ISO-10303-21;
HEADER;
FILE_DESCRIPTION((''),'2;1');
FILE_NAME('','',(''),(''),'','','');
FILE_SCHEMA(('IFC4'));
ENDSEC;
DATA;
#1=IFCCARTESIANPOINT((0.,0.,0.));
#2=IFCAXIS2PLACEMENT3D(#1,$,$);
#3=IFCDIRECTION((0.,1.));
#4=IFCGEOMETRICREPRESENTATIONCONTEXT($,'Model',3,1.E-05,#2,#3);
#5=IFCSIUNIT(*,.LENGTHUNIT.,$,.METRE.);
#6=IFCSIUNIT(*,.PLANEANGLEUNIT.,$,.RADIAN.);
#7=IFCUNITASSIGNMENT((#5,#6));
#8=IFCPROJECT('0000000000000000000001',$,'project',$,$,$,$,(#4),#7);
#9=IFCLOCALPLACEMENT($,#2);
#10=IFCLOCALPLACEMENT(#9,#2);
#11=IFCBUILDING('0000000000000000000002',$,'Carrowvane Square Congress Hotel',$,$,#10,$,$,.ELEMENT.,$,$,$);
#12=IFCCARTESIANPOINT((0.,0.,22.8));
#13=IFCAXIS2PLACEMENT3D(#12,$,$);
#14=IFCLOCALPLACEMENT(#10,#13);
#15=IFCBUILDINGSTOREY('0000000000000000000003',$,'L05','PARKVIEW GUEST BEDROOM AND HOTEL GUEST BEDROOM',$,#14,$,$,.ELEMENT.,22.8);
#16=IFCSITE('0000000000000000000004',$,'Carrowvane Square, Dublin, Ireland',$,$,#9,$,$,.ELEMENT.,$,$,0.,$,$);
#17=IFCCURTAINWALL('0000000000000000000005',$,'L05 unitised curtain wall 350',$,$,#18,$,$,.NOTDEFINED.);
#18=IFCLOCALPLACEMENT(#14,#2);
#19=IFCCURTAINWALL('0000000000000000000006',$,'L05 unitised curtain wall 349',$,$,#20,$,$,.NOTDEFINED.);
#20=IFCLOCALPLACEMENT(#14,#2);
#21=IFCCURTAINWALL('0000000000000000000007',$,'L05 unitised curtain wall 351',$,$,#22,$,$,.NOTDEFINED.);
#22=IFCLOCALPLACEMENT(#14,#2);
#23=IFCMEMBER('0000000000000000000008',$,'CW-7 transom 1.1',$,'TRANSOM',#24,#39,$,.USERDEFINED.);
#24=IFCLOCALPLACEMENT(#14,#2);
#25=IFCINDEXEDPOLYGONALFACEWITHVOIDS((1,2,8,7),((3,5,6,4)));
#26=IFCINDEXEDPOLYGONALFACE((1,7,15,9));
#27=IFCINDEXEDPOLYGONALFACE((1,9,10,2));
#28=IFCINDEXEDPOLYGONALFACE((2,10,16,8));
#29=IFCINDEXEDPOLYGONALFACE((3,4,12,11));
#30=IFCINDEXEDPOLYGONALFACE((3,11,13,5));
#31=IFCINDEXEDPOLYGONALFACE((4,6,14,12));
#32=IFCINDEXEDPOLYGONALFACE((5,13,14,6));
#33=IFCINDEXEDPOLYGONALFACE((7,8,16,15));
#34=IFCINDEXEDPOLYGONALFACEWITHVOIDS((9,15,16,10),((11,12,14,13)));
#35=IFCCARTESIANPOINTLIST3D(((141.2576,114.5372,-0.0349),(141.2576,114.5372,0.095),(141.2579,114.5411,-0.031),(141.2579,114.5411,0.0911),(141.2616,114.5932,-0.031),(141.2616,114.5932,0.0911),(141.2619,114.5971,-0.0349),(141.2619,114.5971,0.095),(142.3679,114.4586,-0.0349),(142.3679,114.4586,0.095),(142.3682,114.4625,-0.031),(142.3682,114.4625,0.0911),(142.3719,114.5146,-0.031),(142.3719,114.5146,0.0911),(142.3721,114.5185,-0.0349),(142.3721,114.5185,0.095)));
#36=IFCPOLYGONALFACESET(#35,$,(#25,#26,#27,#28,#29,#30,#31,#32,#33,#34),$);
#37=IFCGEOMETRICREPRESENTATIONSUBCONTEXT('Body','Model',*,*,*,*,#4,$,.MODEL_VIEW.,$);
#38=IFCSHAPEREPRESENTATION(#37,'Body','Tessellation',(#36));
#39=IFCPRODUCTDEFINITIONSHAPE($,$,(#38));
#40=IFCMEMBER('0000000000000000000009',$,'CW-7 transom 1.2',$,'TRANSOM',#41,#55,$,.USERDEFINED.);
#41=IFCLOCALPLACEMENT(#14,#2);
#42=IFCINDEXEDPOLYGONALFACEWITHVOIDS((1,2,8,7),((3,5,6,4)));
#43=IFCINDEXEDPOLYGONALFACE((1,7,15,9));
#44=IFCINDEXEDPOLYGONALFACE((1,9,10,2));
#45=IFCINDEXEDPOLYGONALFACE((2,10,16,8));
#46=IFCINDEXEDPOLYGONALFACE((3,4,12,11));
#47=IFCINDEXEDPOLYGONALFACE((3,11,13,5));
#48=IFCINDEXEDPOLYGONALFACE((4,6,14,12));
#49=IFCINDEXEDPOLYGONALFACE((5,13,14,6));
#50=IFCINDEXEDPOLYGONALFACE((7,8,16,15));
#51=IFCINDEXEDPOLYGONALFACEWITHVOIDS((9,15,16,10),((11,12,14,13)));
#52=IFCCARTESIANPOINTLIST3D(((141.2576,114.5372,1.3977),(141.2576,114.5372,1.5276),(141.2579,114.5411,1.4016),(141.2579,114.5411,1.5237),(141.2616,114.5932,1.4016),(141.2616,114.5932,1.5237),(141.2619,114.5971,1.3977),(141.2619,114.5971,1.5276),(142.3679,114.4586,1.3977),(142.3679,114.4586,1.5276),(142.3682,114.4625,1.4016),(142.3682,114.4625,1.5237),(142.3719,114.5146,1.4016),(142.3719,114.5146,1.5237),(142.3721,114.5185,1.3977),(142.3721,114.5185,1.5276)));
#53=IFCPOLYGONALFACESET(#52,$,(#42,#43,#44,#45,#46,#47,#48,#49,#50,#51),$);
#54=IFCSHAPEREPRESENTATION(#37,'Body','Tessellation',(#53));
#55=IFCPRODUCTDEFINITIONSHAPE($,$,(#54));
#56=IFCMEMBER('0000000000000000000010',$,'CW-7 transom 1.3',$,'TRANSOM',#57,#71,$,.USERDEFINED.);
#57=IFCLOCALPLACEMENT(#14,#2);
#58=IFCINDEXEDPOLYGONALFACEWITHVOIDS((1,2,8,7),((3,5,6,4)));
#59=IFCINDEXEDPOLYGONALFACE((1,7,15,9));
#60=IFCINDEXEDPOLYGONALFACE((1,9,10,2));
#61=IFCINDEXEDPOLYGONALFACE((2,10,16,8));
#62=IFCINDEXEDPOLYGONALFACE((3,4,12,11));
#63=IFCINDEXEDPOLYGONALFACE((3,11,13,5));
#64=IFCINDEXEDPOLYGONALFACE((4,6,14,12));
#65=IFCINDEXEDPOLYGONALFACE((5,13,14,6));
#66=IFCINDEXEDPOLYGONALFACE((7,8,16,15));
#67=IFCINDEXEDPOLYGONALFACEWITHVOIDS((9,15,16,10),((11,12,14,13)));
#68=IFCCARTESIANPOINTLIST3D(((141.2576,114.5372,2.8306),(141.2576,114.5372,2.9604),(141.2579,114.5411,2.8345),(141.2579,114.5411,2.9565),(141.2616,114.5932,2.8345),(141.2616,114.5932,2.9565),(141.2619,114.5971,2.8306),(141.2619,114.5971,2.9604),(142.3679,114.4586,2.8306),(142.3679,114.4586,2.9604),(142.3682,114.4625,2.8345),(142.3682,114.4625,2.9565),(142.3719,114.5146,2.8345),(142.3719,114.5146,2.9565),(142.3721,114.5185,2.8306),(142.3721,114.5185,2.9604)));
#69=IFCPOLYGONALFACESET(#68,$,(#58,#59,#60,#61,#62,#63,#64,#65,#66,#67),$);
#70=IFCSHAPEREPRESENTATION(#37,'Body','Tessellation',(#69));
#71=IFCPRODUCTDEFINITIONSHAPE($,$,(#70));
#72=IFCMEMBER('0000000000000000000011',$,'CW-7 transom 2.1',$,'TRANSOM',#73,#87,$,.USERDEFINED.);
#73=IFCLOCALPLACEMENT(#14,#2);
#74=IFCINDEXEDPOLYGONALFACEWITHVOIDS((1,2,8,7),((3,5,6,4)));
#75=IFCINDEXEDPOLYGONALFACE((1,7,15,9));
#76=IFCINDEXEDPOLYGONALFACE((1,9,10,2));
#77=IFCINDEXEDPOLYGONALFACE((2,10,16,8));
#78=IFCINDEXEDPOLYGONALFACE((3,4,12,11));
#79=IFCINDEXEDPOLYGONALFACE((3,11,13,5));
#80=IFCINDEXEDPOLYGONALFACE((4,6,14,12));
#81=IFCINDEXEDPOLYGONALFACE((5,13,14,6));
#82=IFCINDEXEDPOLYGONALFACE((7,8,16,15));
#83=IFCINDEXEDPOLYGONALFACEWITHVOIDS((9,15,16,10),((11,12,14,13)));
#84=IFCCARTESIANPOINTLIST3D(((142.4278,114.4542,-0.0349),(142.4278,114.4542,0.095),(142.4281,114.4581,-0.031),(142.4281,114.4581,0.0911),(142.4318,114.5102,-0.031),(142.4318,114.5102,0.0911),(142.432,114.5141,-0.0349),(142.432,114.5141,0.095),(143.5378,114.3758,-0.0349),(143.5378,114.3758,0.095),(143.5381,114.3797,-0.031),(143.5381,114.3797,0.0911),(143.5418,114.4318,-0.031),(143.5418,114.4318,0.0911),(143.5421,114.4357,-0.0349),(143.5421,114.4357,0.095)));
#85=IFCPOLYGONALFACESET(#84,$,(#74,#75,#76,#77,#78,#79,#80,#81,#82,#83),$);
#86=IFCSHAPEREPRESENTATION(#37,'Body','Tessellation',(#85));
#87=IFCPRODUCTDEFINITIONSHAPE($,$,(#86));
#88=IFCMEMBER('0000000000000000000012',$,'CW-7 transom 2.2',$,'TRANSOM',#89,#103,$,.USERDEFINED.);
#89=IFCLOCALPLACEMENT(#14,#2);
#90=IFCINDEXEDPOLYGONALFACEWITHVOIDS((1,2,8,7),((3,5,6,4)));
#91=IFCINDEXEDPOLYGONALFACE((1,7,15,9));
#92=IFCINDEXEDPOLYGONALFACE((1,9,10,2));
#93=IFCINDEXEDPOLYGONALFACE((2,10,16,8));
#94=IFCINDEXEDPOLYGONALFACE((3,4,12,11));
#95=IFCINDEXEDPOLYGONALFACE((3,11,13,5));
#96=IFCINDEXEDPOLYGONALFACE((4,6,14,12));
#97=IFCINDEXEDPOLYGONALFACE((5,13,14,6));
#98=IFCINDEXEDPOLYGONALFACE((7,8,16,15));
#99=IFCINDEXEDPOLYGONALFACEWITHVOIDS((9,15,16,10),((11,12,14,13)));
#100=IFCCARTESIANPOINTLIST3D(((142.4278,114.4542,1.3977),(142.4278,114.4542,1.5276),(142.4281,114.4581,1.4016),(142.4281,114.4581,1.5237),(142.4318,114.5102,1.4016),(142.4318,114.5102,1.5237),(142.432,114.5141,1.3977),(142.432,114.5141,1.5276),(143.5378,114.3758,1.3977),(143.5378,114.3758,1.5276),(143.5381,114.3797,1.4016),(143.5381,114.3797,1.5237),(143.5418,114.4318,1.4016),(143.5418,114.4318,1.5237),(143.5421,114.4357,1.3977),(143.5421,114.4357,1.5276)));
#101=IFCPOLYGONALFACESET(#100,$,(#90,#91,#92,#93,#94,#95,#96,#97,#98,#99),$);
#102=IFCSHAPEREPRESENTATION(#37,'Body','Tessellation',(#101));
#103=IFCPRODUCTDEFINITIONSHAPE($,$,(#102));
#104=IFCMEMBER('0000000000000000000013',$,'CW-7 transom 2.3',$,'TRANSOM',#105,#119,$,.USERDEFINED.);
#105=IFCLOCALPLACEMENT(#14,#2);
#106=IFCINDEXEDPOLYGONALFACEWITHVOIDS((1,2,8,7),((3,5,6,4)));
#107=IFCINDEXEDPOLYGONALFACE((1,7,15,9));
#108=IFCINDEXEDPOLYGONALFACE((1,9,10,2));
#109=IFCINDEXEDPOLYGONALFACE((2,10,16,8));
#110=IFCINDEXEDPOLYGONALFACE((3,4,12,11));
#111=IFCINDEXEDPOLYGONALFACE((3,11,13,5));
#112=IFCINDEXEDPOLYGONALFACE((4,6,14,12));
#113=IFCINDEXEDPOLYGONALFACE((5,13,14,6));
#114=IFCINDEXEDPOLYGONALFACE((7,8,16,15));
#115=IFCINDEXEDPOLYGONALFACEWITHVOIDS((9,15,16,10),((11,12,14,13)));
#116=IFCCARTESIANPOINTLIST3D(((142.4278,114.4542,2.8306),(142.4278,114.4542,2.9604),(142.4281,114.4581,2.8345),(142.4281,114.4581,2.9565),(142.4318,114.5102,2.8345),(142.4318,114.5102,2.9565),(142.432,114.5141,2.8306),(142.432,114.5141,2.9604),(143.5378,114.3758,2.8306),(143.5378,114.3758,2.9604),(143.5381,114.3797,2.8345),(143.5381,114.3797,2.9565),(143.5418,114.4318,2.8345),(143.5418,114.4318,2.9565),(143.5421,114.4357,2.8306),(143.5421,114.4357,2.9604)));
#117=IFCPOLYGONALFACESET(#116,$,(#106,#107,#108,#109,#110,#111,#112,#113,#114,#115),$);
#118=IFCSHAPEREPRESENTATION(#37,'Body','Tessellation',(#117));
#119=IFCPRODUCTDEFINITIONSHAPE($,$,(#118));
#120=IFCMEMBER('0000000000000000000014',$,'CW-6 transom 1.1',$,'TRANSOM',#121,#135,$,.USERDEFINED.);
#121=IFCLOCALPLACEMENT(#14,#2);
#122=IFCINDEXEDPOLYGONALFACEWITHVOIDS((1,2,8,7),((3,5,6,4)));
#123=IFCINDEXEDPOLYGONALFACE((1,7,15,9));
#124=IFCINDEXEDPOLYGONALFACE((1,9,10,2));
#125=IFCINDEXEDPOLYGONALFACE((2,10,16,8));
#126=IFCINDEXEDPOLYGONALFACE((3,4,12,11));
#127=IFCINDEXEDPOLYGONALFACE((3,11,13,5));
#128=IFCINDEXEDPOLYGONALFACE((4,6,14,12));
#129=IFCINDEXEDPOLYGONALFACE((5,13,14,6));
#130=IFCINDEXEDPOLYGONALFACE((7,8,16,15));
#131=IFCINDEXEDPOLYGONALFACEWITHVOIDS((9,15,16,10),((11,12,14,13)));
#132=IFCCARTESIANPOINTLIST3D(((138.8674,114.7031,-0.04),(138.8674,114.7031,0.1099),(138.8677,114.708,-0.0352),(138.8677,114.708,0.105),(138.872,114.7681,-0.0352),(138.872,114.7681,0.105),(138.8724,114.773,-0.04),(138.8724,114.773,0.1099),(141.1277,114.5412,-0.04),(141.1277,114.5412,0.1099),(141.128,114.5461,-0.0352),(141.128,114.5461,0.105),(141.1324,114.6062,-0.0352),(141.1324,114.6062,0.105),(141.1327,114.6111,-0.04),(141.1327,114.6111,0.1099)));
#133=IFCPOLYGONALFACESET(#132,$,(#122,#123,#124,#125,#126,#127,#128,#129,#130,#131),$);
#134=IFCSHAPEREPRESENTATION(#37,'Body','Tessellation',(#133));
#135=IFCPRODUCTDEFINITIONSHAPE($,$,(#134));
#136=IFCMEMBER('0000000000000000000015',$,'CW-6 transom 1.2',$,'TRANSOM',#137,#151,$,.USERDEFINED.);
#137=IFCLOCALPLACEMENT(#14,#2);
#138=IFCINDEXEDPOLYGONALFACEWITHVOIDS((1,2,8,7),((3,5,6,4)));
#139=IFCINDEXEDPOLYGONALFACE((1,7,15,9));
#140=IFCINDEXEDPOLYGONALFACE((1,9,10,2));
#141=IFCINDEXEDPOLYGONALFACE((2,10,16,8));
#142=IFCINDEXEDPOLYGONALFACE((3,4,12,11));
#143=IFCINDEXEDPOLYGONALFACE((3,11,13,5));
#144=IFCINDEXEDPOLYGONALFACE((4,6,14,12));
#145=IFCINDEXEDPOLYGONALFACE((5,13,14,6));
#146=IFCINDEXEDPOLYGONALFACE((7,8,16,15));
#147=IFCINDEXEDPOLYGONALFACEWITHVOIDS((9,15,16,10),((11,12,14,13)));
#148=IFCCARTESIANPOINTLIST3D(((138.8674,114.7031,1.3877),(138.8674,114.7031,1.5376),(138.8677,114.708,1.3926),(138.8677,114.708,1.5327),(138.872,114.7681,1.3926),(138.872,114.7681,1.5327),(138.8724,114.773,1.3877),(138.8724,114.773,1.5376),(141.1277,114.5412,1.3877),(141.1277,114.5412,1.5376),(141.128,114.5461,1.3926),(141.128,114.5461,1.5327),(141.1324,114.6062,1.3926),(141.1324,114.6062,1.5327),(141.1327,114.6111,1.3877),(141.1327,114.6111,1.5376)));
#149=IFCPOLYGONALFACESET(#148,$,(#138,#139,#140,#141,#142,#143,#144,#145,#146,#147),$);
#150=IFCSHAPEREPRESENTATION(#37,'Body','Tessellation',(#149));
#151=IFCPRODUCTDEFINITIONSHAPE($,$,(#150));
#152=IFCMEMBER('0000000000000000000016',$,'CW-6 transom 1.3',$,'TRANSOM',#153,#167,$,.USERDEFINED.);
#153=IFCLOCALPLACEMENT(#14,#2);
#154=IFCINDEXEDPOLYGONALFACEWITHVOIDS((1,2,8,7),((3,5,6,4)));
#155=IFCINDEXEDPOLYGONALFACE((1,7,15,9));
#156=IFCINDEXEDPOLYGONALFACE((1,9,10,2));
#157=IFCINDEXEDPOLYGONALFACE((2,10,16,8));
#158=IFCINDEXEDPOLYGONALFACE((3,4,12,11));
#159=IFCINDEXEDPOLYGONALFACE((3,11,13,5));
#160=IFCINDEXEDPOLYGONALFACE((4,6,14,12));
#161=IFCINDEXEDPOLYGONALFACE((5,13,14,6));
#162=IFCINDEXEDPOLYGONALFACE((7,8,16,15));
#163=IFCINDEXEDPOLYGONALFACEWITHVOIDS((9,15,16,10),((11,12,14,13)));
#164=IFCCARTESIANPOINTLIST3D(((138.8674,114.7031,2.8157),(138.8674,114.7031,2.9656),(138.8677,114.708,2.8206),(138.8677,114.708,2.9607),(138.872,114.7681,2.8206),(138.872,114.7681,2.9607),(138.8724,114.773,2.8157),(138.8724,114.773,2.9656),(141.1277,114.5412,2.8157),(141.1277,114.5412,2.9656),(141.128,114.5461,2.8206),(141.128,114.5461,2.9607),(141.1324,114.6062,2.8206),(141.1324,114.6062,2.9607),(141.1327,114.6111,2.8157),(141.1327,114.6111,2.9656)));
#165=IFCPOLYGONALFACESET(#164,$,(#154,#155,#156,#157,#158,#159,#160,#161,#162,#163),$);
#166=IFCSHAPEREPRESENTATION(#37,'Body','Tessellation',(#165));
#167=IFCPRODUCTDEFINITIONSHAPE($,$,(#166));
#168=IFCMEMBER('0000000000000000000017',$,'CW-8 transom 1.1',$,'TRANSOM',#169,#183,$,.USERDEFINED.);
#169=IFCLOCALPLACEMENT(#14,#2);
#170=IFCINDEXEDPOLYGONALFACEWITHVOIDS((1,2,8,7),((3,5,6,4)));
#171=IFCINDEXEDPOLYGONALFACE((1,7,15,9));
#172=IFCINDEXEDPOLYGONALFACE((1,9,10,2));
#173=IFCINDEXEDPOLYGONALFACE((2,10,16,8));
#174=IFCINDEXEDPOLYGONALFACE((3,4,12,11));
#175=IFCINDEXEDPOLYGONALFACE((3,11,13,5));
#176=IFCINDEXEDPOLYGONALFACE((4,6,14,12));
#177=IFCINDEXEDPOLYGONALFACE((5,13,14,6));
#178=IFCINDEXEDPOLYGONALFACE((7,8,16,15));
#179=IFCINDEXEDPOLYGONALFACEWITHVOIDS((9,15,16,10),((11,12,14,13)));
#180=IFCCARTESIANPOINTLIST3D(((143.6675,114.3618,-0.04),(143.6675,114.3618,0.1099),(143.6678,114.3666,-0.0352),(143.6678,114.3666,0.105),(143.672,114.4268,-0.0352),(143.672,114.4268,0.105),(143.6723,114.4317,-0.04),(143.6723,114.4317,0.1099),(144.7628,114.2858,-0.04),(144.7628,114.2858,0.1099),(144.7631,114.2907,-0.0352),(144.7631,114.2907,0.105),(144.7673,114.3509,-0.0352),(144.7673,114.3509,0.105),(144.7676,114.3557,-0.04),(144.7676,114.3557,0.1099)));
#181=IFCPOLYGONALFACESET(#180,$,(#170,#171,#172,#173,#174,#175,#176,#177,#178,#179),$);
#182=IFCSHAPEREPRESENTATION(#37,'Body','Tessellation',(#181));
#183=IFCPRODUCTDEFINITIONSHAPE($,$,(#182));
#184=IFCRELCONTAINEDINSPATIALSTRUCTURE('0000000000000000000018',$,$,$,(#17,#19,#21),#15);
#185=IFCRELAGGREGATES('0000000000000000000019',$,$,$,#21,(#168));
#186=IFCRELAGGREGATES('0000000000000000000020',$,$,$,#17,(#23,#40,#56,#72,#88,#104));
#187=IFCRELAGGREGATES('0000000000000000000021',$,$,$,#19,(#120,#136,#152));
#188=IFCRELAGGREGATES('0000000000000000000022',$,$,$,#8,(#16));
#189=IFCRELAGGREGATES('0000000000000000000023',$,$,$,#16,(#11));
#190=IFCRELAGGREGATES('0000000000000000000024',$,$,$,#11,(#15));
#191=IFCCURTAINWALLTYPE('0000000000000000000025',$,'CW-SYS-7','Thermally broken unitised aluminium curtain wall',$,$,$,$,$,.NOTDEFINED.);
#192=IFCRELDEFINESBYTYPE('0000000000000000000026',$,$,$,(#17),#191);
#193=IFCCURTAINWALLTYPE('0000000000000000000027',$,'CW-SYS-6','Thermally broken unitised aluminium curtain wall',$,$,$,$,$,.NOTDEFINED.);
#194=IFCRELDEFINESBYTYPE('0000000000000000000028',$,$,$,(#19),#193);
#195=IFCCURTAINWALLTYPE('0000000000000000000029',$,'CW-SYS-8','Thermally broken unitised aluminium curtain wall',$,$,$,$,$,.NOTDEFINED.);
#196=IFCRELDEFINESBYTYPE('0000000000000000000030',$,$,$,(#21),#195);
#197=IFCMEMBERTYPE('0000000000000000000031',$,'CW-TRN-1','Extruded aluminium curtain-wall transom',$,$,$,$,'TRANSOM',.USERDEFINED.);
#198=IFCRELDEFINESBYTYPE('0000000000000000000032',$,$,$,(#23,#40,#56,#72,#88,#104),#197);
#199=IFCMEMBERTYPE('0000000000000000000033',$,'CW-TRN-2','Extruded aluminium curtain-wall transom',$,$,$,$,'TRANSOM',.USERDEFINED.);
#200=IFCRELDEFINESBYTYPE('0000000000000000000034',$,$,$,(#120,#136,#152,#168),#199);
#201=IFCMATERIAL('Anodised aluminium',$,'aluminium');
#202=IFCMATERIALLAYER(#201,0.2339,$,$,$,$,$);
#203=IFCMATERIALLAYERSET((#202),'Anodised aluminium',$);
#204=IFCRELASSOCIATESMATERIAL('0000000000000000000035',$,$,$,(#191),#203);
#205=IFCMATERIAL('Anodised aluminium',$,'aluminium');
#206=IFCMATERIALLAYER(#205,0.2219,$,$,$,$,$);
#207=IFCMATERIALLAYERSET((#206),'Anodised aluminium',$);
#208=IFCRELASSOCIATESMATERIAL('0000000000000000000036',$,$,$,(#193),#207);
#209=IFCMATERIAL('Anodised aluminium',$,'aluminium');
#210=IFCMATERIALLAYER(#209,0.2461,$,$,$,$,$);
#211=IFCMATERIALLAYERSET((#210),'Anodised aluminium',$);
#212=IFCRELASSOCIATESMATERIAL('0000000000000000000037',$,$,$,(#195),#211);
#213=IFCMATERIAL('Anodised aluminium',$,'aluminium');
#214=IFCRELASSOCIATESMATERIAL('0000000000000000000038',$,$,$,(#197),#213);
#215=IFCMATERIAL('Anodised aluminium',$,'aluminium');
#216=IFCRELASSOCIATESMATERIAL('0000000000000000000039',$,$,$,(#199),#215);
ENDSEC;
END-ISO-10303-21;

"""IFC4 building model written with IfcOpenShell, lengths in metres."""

from ifc_helpers import new_model, si_unit, direction, frame, origin, origin_2d, place, context, subcontext, project, spatial, hollow_rectangle, extrude, material, layer, layer_set, material_profile, profile_set, type_object, element, aggregate, save


model = new_model("IFC4")

# Units and contexts
model_context = context("Model", 3, precision=1e-05, world=origin(), true_north=direction((0.0, 1.0)))
body_context = subcontext(model_context, "Body", "Model", "MODEL_VIEW")
ifc_project = project(units=[si_unit("LENGTHUNIT", "METRE"), si_unit("PLANEANGLEUNIT", "RADIAN")], contexts=[model_context])

# Site, building, storey
site_placement = place(None, origin())
site = spatial("IfcSite", under=ifc_project, at=site_placement, Name="Carrowvane Square, Dublin, Ireland", CompositionType="ELEMENT", RefElevation=0.0)
building_placement = place(site_placement, origin())
building = spatial("IfcBuilding", under=site, at=building_placement, Name="Carrowvane Square Congress Hotel", CompositionType="ELEMENT")
storey_placement = place(building_placement, frame((0.0, 0.0, 22.8)))
storey = spatial("IfcBuildingStorey", under=building, at=storey_placement, Name="L05", Description="PARKVIEW GUEST BEDROOM AND HOTEL GUEST BEDROOM", CompositionType="ELEMENT", Elevation=22.8)

# Curtain walls
ifc_material_1 = material(Name="Anodised aluminium", Category="aluminium")
ifc_layer_1 = layer(ifc_material_1, 0.2339)
ifc_layer_set_1 = layer_set([ifc_layer_1], Name="Anodised aluminium")
curtain_wall_type_1 = type_object("IfcCurtainWallType", Name="CW-SYS-7", Description="Thermally broken unitised aluminium curtain wall", PredefinedType="NOTDEFINED", material=ifc_layer_set_1)
curtain_wall_1_placement = place(storey_placement, origin())
curtain_wall_1 = element("IfcCurtainWall", 1, at=curtain_wall_1_placement, inside=storey, type_object=curtain_wall_type_1, Name="L05 unitised curtain wall 350", PredefinedType="NOTDEFINED")
ifc_material_2 = material(Name="Anodised aluminium", Category="aluminium")
ifc_layer_2 = layer(ifc_material_2, 0.2219)
ifc_layer_set_2 = layer_set([ifc_layer_2], Name="Anodised aluminium")
curtain_wall_type_2 = type_object("IfcCurtainWallType", Name="CW-SYS-6", Description="Thermally broken unitised aluminium curtain wall", PredefinedType="NOTDEFINED", material=ifc_layer_set_2)
curtain_wall_2_placement = place(storey_placement, origin())
curtain_wall_2 = element("IfcCurtainWall", 2, at=curtain_wall_2_placement, inside=storey, type_object=curtain_wall_type_2, Name="L05 unitised curtain wall 349", PredefinedType="NOTDEFINED")

# Curtain wall
ifc_material_3 = material(Name="Anodised aluminium", Category="aluminium")
ifc_layer_3 = layer(ifc_material_3, 0.2461)
ifc_layer_set_3 = layer_set([ifc_layer_3], Name="Anodised aluminium")
curtain_wall_type_3 = type_object("IfcCurtainWallType", Name="CW-SYS-8", Description="Thermally broken unitised aluminium curtain wall", PredefinedType="NOTDEFINED", material=ifc_layer_set_3)
curtain_wall_3_placement = place(storey_placement, origin())
curtain_wall_3 = element("IfcCurtainWall", 3, at=curtain_wall_3_placement, inside=storey, type_object=curtain_wall_type_3, Name="L05 unitised curtain wall 351", PredefinedType="NOTDEFINED")

# Members
ifc_material_4 = material(Name="Anodised aluminium", Category="aluminium")
ifc_material_profile_1 = material_profile(ifc_material_4, hollow_rectangle(XDim=0.0601, YDim=0.1299, WallThickness=0.0039, at=origin_2d()), Name="CW-TR 60x130x4")
ifc_profile_set_1 = profile_set([ifc_material_profile_1], Name="Anodised aluminium")
member_type_1 = type_object("IfcMemberType", Name="CW-TRN-1", Description="Extruded aluminium curtain-wall transom", ElementType="TRANSOM", PredefinedType="USERDEFINED", material=ifc_profile_set_1)
member_1_placement = place(storey_placement, frame((141.2598, 114.5671, 0.03), z_axis=(0.997503, -0.070624, 0.0), x_axis=(0.070624, 0.997503, 0.0)))
member_1 = element("IfcMember", 4, at=member_1_placement, type_object=member_type_1, Name="CW-7 transom 1.1", ObjectType="TRANSOM", PredefinedType="USERDEFINED", context=body_context, shape_type="SweptSolid", body=[
    extrude(hollow_rectangle(XDim=0.0601, YDim=0.1299, WallThickness=0.0039, at=origin_2d()), origin(), (0.0, 0.0, 1.0), 1.113),
])
member_2_placement = place(storey_placement, frame((141.2598, 114.5671, 1.4626), z_axis=(0.997503, -0.070624, 0.0), x_axis=(0.070624, 0.997503, 0.0)))
member_2 = element("IfcMember", 5, at=member_2_placement, type_object=member_type_1, Name="CW-7 transom 1.2", ObjectType="TRANSOM", PredefinedType="USERDEFINED", context=body_context, shape_type="SweptSolid", body=[
    extrude(hollow_rectangle(XDim=0.0601, YDim=0.1299, WallThickness=0.0039, at=origin_2d()), origin(), (0.0, 0.0, 1.0), 1.113),
])
member_3_placement = place(storey_placement, frame((141.2598, 114.5671, 2.8955), z_axis=(0.997503, -0.070624, 0.0), x_axis=(0.070624, 0.997503, 0.0)))
member_3 = element("IfcMember", 6, at=member_3_placement, type_object=member_type_1, Name="CW-7 transom 1.3", ObjectType="TRANSOM", PredefinedType="USERDEFINED", context=body_context, shape_type="SweptSolid", body=[
    extrude(hollow_rectangle(XDim=0.0601, YDim=0.1299, WallThickness=0.0039, at=origin_2d()), origin(), (0.0, 0.0, 1.0), 1.113),
])
member_4_placement = place(storey_placement, frame((142.4299, 114.4841, 0.03), z_axis=(0.997517, -0.070421, 0.0), x_axis=(0.070421, 0.997517, 0.0)))
member_4 = element("IfcMember", 7, at=member_4_placement, type_object=member_type_1, Name="CW-7 transom 2.1", ObjectType="TRANSOM", PredefinedType="USERDEFINED", context=body_context, shape_type="SweptSolid", body=[
    extrude(hollow_rectangle(XDim=0.0601, YDim=0.1299, WallThickness=0.0039, at=origin_2d()), origin(), (0.0, 0.0, 1.0), 1.1128),
])
member_5_placement = place(storey_placement, frame((142.4299, 114.4841, 1.4626), z_axis=(0.997517, -0.070421, 0.0), x_axis=(0.070421, 0.997517, 0.0)))
member_5 = element("IfcMember", 8, at=member_5_placement, type_object=member_type_1, Name="CW-7 transom 2.2", ObjectType="TRANSOM", PredefinedType="USERDEFINED", context=body_context, shape_type="SweptSolid", body=[
    extrude(hollow_rectangle(XDim=0.0601, YDim=0.1299, WallThickness=0.0039, at=origin_2d()), origin(), (0.0, 0.0, 1.0), 1.1128),
])
member_6_placement = place(storey_placement, frame((142.4299, 114.4841, 2.8955), z_axis=(0.997517, -0.070421, 0.0), x_axis=(0.070421, 0.997517, 0.0)))
member_6 = element("IfcMember", 9, at=member_6_placement, type_object=member_type_1, Name="CW-7 transom 2.3", ObjectType="TRANSOM", PredefinedType="USERDEFINED", context=body_context, shape_type="SweptSolid", body=[
    extrude(hollow_rectangle(XDim=0.0601, YDim=0.1299, WallThickness=0.0039, at=origin_2d()), origin(), (0.0, 0.0, 1.0), 1.1128),
])
ifc_material_5 = material(Name="Anodised aluminium", Category="aluminium")
ifc_material_profile_2 = material_profile(ifc_material_5, hollow_rectangle(XDim=0.0701, YDim=0.1499, WallThickness=0.0049, at=origin_2d()), Name="CW-TR 70x150x5")
ifc_profile_set_2 = profile_set([ifc_material_profile_2], Name="Anodised aluminium")
member_type_2 = type_object("IfcMemberType", Name="CW-TRN-2", Description="Extruded aluminium curtain-wall transom", ElementType="TRANSOM", PredefinedType="USERDEFINED", material=ifc_profile_set_2)
member_7_placement = place(storey_placement, frame((138.8699, 114.738, 0.0349), z_axis=(0.997446, -0.071431, 0.0), x_axis=(0.071431, 0.997446, 0.0)))
member_7 = element("IfcMember", 10, at=member_7_placement, type_object=member_type_2, Name="CW-6 transom 1.1", ObjectType="TRANSOM", PredefinedType="USERDEFINED", context=body_context, shape_type="SweptSolid", body=[
    extrude(hollow_rectangle(XDim=0.0701, YDim=0.1499, WallThickness=0.0049, at=origin_2d()), origin(), (0.0, 0.0, 1.0), 2.2661),
])
member_8_placement = place(storey_placement, frame((138.8699, 114.738, 1.4626), z_axis=(0.997446, -0.071431, 0.0), x_axis=(0.071431, 0.997446, 0.0)))
member_8 = element("IfcMember", 11, at=member_8_placement, type_object=member_type_2, Name="CW-6 transom 1.2", ObjectType="TRANSOM", PredefinedType="USERDEFINED", context=body_context, shape_type="SweptSolid", body=[
    extrude(hollow_rectangle(XDim=0.0701, YDim=0.1499, WallThickness=0.0049, at=origin_2d()), origin(), (0.0, 0.0, 1.0), 2.2661),
])
member_9_placement = place(storey_placement, frame((138.8699, 114.738, 2.8906), z_axis=(0.997446, -0.071431, 0.0), x_axis=(0.071431, 0.997446, 0.0)))
member_9 = element("IfcMember", 12, at=member_9_placement, type_object=member_type_2, Name="CW-6 transom 1.3", ObjectType="TRANSOM", PredefinedType="USERDEFINED", context=body_context, shape_type="SweptSolid", body=[
    extrude(hollow_rectangle(XDim=0.0701, YDim=0.1499, WallThickness=0.0049, at=origin_2d()), origin(), (0.0, 0.0, 1.0), 2.2661),
])
member_10_placement = place(storey_placement, frame((143.6699, 114.3967, 0.0349), z_axis=(0.997606, -0.069161, 0.0), x_axis=(0.069161, 0.997606, 0.0)))
member_10 = element("IfcMember", 13, at=member_10_placement, type_object=member_type_2, Name="CW-8 transom 1.1", ObjectType="TRANSOM", PredefinedType="USERDEFINED", context=body_context, shape_type="SweptSolid", body=[
    extrude(hollow_rectangle(XDim=0.0701, YDim=0.1499, WallThickness=0.0049, at=origin_2d()), origin(), (0.0, 0.0, 1.0), 1.0979),
])
aggregate(curtain_wall_3, [member_10])

aggregate(curtain_wall_1, [member_1, member_2, member_3, member_4, member_5, member_6])
aggregate(curtain_wall_2, [member_7, member_8, member_9])

save(model, "model.ifc")
